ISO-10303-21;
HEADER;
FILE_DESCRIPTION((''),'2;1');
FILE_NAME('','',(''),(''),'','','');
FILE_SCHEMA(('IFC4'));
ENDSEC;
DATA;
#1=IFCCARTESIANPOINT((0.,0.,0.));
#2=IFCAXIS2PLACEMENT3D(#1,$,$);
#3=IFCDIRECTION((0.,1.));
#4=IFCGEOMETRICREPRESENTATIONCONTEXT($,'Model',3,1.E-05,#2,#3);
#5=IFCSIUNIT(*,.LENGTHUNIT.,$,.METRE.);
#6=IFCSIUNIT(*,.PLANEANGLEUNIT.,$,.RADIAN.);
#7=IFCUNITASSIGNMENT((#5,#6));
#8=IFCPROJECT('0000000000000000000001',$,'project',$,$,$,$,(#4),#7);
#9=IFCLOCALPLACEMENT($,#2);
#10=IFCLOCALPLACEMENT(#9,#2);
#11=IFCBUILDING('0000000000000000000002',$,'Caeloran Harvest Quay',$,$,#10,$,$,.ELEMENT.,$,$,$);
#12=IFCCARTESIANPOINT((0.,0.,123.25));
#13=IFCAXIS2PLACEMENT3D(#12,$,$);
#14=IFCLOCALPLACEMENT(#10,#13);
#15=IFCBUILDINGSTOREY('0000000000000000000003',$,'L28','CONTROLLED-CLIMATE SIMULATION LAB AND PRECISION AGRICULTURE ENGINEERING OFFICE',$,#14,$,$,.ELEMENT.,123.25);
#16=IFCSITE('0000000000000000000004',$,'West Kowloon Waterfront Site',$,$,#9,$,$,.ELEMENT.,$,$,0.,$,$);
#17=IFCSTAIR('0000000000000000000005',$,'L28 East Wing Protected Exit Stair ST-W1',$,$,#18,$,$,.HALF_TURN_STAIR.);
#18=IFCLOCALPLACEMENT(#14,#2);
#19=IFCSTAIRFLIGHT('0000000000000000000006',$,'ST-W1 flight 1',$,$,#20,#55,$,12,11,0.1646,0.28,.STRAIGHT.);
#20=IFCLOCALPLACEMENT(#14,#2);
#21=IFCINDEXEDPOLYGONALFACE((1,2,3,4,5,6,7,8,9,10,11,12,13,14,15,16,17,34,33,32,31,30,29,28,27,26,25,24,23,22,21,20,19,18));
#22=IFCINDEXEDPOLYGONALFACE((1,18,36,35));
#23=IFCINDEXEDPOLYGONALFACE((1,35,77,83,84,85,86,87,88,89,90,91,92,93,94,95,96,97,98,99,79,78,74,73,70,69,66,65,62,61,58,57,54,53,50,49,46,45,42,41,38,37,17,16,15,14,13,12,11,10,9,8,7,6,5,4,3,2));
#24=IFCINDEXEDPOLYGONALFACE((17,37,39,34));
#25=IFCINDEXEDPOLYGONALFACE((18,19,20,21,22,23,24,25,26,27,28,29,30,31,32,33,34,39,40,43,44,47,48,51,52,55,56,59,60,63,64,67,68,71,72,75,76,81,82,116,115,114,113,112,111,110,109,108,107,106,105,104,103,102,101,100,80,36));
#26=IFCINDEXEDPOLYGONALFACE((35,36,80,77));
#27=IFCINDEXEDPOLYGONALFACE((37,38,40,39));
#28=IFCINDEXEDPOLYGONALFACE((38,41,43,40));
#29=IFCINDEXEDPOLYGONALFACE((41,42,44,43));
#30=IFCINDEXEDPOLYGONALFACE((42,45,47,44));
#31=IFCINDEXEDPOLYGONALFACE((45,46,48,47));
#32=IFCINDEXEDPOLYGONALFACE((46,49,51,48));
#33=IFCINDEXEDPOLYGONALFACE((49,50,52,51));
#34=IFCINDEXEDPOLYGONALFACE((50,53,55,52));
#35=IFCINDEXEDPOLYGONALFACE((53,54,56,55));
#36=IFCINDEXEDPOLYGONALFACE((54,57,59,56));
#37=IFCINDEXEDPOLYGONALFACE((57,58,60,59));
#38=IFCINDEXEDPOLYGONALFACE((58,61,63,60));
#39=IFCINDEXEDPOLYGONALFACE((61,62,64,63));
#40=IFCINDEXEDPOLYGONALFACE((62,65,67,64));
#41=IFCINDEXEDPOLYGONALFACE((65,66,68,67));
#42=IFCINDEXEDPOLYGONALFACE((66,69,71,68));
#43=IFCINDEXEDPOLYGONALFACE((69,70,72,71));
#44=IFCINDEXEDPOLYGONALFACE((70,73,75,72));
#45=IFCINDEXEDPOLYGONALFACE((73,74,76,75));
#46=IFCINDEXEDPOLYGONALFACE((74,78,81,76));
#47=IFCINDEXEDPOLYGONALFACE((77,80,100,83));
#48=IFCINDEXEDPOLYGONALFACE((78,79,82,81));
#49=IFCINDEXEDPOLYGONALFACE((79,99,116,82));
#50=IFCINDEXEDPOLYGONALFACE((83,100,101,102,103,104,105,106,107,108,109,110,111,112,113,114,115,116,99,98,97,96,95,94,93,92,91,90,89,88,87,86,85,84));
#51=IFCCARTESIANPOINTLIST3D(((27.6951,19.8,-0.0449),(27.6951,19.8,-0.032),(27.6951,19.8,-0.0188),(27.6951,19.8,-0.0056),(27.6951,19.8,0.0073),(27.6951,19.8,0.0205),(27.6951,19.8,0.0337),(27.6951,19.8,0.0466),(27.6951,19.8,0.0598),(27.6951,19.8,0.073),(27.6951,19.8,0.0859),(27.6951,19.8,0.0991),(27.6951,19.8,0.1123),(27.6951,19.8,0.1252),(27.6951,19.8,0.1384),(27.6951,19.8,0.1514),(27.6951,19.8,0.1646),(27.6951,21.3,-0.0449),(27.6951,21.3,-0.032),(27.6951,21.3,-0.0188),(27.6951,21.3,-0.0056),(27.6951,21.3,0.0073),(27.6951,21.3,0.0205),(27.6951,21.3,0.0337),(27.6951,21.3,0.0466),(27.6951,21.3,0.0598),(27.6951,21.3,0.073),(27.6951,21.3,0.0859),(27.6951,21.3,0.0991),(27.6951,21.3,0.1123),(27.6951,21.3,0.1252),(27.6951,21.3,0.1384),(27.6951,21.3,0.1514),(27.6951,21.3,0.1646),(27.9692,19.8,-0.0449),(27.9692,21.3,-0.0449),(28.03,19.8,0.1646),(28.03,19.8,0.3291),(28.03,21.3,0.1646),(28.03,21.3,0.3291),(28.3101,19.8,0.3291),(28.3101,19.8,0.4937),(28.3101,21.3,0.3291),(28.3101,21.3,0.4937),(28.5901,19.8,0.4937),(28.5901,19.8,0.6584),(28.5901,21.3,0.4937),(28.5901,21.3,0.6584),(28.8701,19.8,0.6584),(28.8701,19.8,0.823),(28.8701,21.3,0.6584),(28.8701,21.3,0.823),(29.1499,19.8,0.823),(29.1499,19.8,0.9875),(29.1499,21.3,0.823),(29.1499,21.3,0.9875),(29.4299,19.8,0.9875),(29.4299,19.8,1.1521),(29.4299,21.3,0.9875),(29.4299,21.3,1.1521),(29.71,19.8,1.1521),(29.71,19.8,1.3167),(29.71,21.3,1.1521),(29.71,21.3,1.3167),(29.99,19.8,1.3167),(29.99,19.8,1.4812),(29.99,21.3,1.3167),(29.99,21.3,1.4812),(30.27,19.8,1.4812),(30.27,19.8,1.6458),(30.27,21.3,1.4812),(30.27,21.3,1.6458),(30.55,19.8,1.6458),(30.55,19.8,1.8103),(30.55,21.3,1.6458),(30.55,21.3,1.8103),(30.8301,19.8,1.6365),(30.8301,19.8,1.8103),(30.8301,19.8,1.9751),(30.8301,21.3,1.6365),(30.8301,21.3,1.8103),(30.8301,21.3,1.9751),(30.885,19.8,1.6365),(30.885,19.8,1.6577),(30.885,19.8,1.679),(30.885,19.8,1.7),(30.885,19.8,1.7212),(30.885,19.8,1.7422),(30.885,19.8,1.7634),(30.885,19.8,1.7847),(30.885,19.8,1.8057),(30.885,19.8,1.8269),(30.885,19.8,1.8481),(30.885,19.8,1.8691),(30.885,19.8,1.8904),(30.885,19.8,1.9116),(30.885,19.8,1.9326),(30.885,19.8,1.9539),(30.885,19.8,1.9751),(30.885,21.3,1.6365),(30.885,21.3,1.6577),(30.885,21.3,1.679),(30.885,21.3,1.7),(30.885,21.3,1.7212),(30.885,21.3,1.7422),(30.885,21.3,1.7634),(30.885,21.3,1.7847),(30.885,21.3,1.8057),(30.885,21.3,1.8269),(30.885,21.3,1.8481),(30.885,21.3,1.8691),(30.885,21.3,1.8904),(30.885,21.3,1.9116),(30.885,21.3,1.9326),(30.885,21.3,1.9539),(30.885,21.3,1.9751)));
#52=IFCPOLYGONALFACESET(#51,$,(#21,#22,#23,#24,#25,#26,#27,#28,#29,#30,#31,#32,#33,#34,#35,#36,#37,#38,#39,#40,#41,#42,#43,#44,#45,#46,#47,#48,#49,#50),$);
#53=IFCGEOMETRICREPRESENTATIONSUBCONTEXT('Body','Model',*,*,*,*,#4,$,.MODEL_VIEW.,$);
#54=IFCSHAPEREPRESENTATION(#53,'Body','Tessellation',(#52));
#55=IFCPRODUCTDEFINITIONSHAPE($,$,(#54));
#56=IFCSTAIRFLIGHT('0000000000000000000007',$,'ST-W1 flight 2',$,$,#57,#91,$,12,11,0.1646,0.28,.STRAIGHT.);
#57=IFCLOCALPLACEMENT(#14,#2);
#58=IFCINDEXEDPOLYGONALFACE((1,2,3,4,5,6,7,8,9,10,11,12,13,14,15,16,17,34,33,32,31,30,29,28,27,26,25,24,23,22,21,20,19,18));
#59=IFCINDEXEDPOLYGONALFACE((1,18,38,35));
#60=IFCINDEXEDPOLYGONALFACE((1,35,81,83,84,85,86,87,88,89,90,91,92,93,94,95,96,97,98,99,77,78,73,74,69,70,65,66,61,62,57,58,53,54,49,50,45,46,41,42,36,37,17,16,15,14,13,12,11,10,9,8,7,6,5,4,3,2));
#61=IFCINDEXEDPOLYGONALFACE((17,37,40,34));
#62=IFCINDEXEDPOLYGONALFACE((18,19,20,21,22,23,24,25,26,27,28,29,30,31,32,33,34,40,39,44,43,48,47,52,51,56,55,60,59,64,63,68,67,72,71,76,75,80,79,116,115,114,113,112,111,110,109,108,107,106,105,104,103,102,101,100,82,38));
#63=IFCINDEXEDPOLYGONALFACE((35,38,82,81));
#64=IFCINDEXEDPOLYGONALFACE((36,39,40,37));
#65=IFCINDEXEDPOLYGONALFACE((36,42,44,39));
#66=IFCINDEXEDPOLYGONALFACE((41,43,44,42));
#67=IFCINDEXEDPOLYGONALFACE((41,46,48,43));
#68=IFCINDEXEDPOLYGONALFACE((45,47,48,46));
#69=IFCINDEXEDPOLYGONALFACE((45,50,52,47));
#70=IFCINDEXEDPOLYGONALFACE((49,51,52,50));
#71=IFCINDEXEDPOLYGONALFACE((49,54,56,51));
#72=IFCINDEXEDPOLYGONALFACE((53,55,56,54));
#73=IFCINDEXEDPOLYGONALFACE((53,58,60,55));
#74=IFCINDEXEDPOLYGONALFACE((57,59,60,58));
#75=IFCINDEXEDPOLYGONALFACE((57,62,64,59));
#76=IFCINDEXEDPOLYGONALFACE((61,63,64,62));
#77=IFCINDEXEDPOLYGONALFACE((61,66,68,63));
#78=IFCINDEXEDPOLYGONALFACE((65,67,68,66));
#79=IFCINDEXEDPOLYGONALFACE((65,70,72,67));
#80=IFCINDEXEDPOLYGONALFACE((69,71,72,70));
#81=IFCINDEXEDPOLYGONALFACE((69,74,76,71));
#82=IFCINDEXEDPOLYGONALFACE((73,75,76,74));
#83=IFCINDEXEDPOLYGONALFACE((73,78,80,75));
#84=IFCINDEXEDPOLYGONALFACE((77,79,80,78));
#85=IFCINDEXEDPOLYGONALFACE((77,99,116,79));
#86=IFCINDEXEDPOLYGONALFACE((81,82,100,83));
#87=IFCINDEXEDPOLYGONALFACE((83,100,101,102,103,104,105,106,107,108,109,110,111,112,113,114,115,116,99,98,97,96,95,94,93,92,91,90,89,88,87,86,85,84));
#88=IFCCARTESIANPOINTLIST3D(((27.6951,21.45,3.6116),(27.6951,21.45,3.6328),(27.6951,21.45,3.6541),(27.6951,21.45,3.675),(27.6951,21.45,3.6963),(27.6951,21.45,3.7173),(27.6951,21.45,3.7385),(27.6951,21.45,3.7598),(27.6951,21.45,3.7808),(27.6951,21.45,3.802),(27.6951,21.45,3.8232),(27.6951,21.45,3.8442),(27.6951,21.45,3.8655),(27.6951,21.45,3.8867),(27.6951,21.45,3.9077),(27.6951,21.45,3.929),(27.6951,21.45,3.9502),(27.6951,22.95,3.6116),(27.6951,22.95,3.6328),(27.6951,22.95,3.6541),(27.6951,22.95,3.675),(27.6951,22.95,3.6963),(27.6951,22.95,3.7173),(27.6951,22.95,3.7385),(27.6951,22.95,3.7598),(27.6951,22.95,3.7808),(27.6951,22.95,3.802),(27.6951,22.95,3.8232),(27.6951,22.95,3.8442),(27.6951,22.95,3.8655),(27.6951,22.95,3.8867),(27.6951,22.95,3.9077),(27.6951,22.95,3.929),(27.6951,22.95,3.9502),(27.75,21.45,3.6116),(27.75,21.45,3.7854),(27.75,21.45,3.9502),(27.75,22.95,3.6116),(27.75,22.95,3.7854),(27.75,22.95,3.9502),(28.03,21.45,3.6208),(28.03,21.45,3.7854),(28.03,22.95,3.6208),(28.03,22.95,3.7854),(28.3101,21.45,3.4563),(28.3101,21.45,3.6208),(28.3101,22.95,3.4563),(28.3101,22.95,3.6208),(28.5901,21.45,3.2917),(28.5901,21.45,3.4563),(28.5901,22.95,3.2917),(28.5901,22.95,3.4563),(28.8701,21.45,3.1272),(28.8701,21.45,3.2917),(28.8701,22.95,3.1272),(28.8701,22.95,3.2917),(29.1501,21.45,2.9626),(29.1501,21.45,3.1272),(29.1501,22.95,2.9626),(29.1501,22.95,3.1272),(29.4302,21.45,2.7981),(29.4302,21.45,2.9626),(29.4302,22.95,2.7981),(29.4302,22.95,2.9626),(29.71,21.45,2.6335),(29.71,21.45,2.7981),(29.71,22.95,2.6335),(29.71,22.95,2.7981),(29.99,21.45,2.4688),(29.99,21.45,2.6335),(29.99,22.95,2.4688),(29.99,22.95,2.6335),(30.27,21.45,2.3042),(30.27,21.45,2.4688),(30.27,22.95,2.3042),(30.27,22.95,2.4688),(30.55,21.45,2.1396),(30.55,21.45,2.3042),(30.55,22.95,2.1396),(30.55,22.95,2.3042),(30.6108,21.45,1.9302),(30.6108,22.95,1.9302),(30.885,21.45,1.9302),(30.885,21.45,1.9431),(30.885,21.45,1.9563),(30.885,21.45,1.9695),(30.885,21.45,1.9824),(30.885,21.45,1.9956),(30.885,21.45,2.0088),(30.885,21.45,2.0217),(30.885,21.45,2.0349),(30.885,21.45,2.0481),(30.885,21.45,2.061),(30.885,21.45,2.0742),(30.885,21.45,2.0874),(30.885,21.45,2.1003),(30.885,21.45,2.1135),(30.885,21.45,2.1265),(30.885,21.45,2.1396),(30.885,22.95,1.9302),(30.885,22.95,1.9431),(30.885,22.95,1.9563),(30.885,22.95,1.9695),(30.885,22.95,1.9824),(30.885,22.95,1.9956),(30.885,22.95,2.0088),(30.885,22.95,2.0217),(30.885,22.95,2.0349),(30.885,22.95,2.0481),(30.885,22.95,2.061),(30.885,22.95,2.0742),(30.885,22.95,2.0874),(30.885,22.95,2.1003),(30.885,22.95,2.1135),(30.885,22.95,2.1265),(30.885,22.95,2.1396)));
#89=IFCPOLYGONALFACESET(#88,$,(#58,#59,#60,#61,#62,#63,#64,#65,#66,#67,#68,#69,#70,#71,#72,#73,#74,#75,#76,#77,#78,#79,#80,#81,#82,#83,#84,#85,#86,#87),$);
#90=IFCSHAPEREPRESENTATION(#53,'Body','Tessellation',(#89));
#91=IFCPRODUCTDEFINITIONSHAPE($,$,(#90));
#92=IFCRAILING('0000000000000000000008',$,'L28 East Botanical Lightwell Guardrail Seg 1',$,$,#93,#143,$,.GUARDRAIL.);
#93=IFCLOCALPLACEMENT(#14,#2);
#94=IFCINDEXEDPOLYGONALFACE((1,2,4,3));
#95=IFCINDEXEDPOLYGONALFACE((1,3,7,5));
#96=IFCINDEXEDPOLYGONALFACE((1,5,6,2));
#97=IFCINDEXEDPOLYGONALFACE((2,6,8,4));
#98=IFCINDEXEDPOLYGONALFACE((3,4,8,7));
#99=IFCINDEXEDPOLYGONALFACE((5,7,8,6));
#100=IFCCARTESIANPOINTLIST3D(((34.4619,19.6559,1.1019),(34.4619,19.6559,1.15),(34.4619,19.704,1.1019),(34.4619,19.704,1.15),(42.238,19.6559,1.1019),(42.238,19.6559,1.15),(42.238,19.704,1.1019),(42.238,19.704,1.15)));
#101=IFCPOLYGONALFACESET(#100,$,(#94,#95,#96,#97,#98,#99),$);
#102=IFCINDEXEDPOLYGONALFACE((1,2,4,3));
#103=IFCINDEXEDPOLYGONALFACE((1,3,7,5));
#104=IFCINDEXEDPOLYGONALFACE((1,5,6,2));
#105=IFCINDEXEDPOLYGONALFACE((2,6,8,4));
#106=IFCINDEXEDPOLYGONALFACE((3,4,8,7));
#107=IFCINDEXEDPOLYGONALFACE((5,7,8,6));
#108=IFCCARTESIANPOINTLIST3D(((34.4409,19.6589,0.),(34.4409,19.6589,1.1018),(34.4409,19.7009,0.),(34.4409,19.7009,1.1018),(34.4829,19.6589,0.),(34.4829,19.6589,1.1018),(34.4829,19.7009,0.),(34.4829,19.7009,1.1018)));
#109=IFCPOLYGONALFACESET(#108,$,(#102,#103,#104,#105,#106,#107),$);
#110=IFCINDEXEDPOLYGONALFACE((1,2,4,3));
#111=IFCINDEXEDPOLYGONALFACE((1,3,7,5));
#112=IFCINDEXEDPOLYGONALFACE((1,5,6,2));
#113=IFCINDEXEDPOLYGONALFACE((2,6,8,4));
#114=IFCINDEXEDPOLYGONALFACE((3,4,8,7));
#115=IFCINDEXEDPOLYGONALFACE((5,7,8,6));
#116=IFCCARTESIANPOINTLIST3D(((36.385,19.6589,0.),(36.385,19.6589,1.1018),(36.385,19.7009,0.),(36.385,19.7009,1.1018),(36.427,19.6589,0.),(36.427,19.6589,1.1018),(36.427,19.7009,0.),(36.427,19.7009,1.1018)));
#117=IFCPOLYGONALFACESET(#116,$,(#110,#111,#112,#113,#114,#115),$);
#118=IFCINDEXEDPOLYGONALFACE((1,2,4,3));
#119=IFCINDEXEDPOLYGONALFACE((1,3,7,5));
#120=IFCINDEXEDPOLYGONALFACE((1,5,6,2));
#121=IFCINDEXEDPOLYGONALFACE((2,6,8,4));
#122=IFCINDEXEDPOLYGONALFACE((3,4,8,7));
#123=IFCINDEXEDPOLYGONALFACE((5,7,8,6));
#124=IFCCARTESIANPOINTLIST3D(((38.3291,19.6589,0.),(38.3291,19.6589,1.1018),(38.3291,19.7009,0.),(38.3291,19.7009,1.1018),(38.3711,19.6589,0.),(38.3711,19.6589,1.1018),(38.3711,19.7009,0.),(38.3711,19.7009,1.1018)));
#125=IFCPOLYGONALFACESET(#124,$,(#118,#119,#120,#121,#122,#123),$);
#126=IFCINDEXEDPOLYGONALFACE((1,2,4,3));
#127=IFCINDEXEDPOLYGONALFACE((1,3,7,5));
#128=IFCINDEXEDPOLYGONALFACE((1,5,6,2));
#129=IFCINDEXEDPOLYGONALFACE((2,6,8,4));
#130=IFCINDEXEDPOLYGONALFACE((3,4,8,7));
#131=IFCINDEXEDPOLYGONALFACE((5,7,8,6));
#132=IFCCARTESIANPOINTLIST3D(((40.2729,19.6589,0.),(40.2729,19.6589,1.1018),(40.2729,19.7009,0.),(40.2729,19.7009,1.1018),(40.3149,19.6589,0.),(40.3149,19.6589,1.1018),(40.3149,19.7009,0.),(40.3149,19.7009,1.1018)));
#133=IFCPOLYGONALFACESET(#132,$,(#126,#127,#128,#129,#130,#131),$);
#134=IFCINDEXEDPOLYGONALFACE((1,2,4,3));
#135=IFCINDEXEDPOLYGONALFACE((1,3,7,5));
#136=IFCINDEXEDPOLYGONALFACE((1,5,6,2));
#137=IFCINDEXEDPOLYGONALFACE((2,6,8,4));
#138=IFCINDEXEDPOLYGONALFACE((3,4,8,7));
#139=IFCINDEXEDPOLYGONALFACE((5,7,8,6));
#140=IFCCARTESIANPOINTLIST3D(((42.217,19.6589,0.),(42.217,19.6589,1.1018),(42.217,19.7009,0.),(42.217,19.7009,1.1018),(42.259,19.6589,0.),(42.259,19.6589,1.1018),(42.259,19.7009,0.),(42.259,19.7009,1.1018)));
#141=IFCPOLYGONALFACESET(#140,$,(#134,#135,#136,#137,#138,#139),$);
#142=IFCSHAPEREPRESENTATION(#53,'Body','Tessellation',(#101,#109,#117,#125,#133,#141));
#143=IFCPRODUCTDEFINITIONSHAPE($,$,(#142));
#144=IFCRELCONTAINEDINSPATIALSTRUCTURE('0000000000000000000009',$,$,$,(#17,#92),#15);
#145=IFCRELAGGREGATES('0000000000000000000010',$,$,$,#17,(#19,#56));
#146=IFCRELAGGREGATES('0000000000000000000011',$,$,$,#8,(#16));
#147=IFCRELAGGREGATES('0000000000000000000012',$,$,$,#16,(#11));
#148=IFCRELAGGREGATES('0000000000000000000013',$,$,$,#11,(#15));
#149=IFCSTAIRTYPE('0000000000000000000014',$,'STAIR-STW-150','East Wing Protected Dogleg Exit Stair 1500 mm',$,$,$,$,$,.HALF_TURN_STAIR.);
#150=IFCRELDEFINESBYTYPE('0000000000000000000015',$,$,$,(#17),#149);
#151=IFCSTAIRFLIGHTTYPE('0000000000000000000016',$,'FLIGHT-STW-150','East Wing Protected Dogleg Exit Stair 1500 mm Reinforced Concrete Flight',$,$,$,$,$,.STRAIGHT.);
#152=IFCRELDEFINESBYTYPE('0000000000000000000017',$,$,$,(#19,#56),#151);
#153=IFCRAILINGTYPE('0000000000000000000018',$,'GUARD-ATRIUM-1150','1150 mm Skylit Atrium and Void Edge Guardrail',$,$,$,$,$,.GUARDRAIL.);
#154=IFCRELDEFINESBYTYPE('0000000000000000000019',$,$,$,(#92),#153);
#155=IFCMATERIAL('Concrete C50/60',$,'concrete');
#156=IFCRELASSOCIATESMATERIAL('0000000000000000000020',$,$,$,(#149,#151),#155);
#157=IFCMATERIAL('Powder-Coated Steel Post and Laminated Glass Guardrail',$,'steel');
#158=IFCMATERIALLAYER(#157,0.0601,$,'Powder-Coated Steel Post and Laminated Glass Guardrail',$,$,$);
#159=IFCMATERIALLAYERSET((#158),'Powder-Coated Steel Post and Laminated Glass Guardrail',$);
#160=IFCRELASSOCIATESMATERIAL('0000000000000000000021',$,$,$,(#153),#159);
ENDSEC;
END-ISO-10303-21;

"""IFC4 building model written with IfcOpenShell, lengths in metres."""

from ifc_helpers import new_model, si_unit, direction, frame, origin, origin_2d, place, context, subcontext, project, spatial, polyline, rectangle, outline, extrude, material, layer, layer_set, type_object, element, aggregate, save


model = new_model("IFC4")

# Units and contexts
model_context = context("Model", 3, precision=1e-05, world=origin(), true_north=direction((0.0, 1.0)))
body_context = subcontext(model_context, "Body", "Model", "MODEL_VIEW")
ifc_project = project(units=[si_unit("LENGTHUNIT", "METRE"), si_unit("PLANEANGLEUNIT", "RADIAN")], contexts=[model_context])

# Site, building, storey
site_placement = place(None, origin())
site = spatial("IfcSite", under=ifc_project, at=site_placement, Name="West Kowloon Waterfront Site", CompositionType="ELEMENT", RefElevation=0.0)
building_placement = place(site_placement, origin())
building = spatial("IfcBuilding", under=site, at=building_placement, Name="Caeloran Harvest Quay", CompositionType="ELEMENT")
storey_placement = place(building_placement, frame((0.0, 0.0, 123.25)))
storey = spatial("IfcBuildingStorey", under=building, at=storey_placement, Name="L28", Description="CONTROLLED-CLIMATE SIMULATION LAB AND PRECISION AGRICULTURE ENGINEERING OFFICE", CompositionType="ELEMENT", Elevation=123.25)

# Stair, stair flights
ifc_material_1 = material(Name="Concrete C50/60", Category="concrete")
stair_type = type_object("IfcStairType", Name="STAIR-STW-150", Description="East Wing Protected Dogleg Exit Stair 1500 mm", PredefinedType="HALF_TURN_STAIR", material=ifc_material_1)
stair_placement = place(storey_placement, origin())
stair = element("IfcStair", 1, at=stair_placement, inside=storey, type_object=stair_type, Name="L28 East Wing Protected Exit Stair ST-W1", PredefinedType="HALF_TURN_STAIR")
stair_flight_type = type_object("IfcStairFlightType", Name="FLIGHT-STW-150", Description="East Wing Protected Dogleg Exit Stair 1500 mm Reinforced Concrete Flight", PredefinedType="STRAIGHT", material=ifc_material_1)
stair_flight_1_placement = place(storey_placement, frame((27.75, 20.55, 0.0), z_axis=(0.0, 0.0, 1.0), x_axis=(1.0, 0.0, 0.0)))
stair_flight_1 = element("IfcStairFlight", 2, at=stair_flight_1_placement, type_object=stair_flight_type, Name="ST-W1 flight 1", NumberOfRisers=12, NumberOfTreads=11, PredefinedType="STRAIGHT", RiserHeight=0.1646, TreadLength=0.28, context=body_context, shape_type="SweptSolid", body=[
    extrude(outline(polyline([(-0.0549, -0.0449), (-0.0549, -0.032), (-0.0549, -0.0188), (-0.0549, -0.0056), (-0.0549, 0.0073), (-0.0549, 0.0205), (-0.0549, 0.0337), (-0.0549, 0.0466), (-0.0549, 0.0598), (-0.0549, 0.073), (-0.0549, 0.0859), (-0.0549, 0.0991), (-0.0549, 0.1123), (-0.0549, 0.1252), (-0.0549, 0.1384), (-0.0549, 0.1514), (-0.0549, 0.1646), (0.28, 0.1646), (0.28, 0.3291), (0.5601, 0.3291), (0.5601, 0.4937), (0.8401, 0.4937), (0.8401, 0.6584), (1.1201, 0.6584), (1.1201, 0.823), (1.3999, 0.823), (1.3999, 0.9875), (1.6799, 0.9875), (1.6799, 1.1521), (1.96, 1.1521), (1.96, 1.3167), (2.24, 1.3167), (2.24, 1.4812), (2.52, 1.4812), (2.52, 1.6458), (2.8, 1.6458), (2.8, 1.8103), (3.0801, 1.8103), (3.0801, 1.9751), (3.135, 1.9751), (3.135, 1.9539), (3.135, 1.9326), (3.135, 1.9116), (3.135, 1.8904), (3.135, 1.8691), (3.135, 1.8481), (3.135, 1.8269), (3.135, 1.8057), (3.135, 1.7847), (3.135, 1.7634), (3.135, 1.7422), (3.135, 1.7212), (3.135, 1.7), (3.135, 1.679), (3.135, 1.6577), (3.135, 1.6365), (3.0801, 1.6365), (0.2192, -0.0449), (-0.0549, -0.0449)])), frame((0.0, 0.75, 0.0), z_axis=(0.0, -1.0, 0.0), x_axis=(1.0, 0.0, 0.0)), (0.0, 0.0, 1.0), 1.5),
])
stair_flight_2_placement = place(storey_placement, frame((30.8301, 22.2, 1.9751), z_axis=(0.0, 0.0, 1.0), x_axis=(-1.0, 0.0, 0.0)))
stair_flight_2 = element("IfcStairFlight", 3, at=stair_flight_2_placement, type_object=stair_flight_type, Name="ST-W1 flight 2", NumberOfRisers=12, NumberOfTreads=11, PredefinedType="STRAIGHT", RiserHeight=0.1646, TreadLength=0.28, context=body_context, shape_type="SweptSolid", body=[
    extrude(outline(polyline([(-0.0549, -0.0449), (-0.0549, -0.032), (-0.0549, -0.0188), (-0.0549, -0.0056), (-0.0549, 0.0073), (-0.0549, 0.0205), (-0.0549, 0.0337), (-0.0549, 0.0466), (-0.0549, 0.0598), (-0.0549, 0.073), (-0.0549, 0.0859), (-0.0549, 0.0991), (-0.0549, 0.1123), (-0.0549, 0.1252), (-0.0549, 0.1384), (-0.0549, 0.1514), (-0.0549, 0.1646), (0.28, 0.1646), (0.28, 0.3291), (0.5601, 0.3291), (0.5601, 0.4937), (0.8401, 0.4937), (0.8401, 0.6584), (1.1201, 0.6584), (1.1201, 0.823), (1.3999, 0.823), (1.3999, 0.9875), (1.6799, 0.9875), (1.6799, 1.1521), (1.96, 1.1521), (1.96, 1.3167), (2.24, 1.3167), (2.24, 1.4812), (2.52, 1.4812), (2.52, 1.6458), (2.8, 1.6458), (2.8, 1.8103), (3.0801, 1.8103), (3.0801, 1.9751), (3.135, 1.9751), (3.135, 1.9539), (3.135, 1.9326), (3.135, 1.9116), (3.135, 1.8904), (3.135, 1.8691), (3.135, 1.8481), (3.135, 1.8269), (3.135, 1.8057), (3.135, 1.7847), (3.135, 1.7634), (3.135, 1.7422), (3.135, 1.7212), (3.135, 1.7), (3.135, 1.679), (3.135, 1.6577), (3.135, 1.6365), (3.0801, 1.6365), (0.2192, -0.0449), (-0.0549, -0.0449)])), frame((0.0, 0.75, 0.0), z_axis=(0.0, -1.0, 0.0), x_axis=(1.0, 0.0, 0.0)), (0.0, 0.0, 1.0), 1.5),
])
aggregate(stair, [stair_flight_1, stair_flight_2])

# Railing
ifc_material_2 = material(Name="Powder-Coated Steel Post and Laminated Glass Guardrail", Category="steel")
ifc_layer_1 = layer(ifc_material_2, 0.0601, Name="Powder-Coated Steel Post and Laminated Glass Guardrail")
ifc_layer_set_1 = layer_set([ifc_layer_1], Name="Powder-Coated Steel Post and Laminated Glass Guardrail")
railing_type_1 = type_object("IfcRailingType", Name="GUARD-ATRIUM-1150", Description="1150 mm Skylit Atrium and Void Edge Guardrail", PredefinedType="GUARDRAIL", material=ifc_layer_set_1)
railing_1_placement = place(storey_placement, frame((34.4619, 19.6799, 0.0)))
element("IfcRailing", 4, at=railing_1_placement, inside=storey, type_object=railing_type_1, Name="L28 East Botanical Lightwell Guardrail Seg 1", PredefinedType="GUARDRAIL", context=body_context, shape_type="SweptSolid", body=[
    extrude(rectangle(XDim=0.0481, YDim=0.0481, at=origin_2d()), frame((0.0, 0.0, 1.126), z_axis=(1.0, 0.0, 0.0), x_axis=(0.0, 1.0, 0.0)), (0.0, 0.0, 1.0), 7.7761),
    extrude(rectangle(XDim=0.042, YDim=0.042, at=origin_2d()), origin(), (0.0, 0.0, 1.0), 1.1018),
    extrude(rectangle(XDim=0.042, YDim=0.042, at=origin_2d()), frame((1.9441, 0.0, 0.0)), (0.0, 0.0, 1.0), 1.1018),
    extrude(rectangle(XDim=0.042, YDim=0.042, at=origin_2d()), frame((3.8882, 0.0, 0.0)), (0.0, 0.0, 1.0), 1.1018),
    extrude(rectangle(XDim=0.042, YDim=0.042, at=origin_2d()), frame((5.832, 0.0, 0.0)), (0.0, 0.0, 1.0), 1.1018),
    extrude(rectangle(XDim=0.042, YDim=0.042, at=origin_2d()), frame((7.7761, 0.0, 0.0)), (0.0, 0.0, 1.0), 1.1018),
])

save(model, "model.ifc")
